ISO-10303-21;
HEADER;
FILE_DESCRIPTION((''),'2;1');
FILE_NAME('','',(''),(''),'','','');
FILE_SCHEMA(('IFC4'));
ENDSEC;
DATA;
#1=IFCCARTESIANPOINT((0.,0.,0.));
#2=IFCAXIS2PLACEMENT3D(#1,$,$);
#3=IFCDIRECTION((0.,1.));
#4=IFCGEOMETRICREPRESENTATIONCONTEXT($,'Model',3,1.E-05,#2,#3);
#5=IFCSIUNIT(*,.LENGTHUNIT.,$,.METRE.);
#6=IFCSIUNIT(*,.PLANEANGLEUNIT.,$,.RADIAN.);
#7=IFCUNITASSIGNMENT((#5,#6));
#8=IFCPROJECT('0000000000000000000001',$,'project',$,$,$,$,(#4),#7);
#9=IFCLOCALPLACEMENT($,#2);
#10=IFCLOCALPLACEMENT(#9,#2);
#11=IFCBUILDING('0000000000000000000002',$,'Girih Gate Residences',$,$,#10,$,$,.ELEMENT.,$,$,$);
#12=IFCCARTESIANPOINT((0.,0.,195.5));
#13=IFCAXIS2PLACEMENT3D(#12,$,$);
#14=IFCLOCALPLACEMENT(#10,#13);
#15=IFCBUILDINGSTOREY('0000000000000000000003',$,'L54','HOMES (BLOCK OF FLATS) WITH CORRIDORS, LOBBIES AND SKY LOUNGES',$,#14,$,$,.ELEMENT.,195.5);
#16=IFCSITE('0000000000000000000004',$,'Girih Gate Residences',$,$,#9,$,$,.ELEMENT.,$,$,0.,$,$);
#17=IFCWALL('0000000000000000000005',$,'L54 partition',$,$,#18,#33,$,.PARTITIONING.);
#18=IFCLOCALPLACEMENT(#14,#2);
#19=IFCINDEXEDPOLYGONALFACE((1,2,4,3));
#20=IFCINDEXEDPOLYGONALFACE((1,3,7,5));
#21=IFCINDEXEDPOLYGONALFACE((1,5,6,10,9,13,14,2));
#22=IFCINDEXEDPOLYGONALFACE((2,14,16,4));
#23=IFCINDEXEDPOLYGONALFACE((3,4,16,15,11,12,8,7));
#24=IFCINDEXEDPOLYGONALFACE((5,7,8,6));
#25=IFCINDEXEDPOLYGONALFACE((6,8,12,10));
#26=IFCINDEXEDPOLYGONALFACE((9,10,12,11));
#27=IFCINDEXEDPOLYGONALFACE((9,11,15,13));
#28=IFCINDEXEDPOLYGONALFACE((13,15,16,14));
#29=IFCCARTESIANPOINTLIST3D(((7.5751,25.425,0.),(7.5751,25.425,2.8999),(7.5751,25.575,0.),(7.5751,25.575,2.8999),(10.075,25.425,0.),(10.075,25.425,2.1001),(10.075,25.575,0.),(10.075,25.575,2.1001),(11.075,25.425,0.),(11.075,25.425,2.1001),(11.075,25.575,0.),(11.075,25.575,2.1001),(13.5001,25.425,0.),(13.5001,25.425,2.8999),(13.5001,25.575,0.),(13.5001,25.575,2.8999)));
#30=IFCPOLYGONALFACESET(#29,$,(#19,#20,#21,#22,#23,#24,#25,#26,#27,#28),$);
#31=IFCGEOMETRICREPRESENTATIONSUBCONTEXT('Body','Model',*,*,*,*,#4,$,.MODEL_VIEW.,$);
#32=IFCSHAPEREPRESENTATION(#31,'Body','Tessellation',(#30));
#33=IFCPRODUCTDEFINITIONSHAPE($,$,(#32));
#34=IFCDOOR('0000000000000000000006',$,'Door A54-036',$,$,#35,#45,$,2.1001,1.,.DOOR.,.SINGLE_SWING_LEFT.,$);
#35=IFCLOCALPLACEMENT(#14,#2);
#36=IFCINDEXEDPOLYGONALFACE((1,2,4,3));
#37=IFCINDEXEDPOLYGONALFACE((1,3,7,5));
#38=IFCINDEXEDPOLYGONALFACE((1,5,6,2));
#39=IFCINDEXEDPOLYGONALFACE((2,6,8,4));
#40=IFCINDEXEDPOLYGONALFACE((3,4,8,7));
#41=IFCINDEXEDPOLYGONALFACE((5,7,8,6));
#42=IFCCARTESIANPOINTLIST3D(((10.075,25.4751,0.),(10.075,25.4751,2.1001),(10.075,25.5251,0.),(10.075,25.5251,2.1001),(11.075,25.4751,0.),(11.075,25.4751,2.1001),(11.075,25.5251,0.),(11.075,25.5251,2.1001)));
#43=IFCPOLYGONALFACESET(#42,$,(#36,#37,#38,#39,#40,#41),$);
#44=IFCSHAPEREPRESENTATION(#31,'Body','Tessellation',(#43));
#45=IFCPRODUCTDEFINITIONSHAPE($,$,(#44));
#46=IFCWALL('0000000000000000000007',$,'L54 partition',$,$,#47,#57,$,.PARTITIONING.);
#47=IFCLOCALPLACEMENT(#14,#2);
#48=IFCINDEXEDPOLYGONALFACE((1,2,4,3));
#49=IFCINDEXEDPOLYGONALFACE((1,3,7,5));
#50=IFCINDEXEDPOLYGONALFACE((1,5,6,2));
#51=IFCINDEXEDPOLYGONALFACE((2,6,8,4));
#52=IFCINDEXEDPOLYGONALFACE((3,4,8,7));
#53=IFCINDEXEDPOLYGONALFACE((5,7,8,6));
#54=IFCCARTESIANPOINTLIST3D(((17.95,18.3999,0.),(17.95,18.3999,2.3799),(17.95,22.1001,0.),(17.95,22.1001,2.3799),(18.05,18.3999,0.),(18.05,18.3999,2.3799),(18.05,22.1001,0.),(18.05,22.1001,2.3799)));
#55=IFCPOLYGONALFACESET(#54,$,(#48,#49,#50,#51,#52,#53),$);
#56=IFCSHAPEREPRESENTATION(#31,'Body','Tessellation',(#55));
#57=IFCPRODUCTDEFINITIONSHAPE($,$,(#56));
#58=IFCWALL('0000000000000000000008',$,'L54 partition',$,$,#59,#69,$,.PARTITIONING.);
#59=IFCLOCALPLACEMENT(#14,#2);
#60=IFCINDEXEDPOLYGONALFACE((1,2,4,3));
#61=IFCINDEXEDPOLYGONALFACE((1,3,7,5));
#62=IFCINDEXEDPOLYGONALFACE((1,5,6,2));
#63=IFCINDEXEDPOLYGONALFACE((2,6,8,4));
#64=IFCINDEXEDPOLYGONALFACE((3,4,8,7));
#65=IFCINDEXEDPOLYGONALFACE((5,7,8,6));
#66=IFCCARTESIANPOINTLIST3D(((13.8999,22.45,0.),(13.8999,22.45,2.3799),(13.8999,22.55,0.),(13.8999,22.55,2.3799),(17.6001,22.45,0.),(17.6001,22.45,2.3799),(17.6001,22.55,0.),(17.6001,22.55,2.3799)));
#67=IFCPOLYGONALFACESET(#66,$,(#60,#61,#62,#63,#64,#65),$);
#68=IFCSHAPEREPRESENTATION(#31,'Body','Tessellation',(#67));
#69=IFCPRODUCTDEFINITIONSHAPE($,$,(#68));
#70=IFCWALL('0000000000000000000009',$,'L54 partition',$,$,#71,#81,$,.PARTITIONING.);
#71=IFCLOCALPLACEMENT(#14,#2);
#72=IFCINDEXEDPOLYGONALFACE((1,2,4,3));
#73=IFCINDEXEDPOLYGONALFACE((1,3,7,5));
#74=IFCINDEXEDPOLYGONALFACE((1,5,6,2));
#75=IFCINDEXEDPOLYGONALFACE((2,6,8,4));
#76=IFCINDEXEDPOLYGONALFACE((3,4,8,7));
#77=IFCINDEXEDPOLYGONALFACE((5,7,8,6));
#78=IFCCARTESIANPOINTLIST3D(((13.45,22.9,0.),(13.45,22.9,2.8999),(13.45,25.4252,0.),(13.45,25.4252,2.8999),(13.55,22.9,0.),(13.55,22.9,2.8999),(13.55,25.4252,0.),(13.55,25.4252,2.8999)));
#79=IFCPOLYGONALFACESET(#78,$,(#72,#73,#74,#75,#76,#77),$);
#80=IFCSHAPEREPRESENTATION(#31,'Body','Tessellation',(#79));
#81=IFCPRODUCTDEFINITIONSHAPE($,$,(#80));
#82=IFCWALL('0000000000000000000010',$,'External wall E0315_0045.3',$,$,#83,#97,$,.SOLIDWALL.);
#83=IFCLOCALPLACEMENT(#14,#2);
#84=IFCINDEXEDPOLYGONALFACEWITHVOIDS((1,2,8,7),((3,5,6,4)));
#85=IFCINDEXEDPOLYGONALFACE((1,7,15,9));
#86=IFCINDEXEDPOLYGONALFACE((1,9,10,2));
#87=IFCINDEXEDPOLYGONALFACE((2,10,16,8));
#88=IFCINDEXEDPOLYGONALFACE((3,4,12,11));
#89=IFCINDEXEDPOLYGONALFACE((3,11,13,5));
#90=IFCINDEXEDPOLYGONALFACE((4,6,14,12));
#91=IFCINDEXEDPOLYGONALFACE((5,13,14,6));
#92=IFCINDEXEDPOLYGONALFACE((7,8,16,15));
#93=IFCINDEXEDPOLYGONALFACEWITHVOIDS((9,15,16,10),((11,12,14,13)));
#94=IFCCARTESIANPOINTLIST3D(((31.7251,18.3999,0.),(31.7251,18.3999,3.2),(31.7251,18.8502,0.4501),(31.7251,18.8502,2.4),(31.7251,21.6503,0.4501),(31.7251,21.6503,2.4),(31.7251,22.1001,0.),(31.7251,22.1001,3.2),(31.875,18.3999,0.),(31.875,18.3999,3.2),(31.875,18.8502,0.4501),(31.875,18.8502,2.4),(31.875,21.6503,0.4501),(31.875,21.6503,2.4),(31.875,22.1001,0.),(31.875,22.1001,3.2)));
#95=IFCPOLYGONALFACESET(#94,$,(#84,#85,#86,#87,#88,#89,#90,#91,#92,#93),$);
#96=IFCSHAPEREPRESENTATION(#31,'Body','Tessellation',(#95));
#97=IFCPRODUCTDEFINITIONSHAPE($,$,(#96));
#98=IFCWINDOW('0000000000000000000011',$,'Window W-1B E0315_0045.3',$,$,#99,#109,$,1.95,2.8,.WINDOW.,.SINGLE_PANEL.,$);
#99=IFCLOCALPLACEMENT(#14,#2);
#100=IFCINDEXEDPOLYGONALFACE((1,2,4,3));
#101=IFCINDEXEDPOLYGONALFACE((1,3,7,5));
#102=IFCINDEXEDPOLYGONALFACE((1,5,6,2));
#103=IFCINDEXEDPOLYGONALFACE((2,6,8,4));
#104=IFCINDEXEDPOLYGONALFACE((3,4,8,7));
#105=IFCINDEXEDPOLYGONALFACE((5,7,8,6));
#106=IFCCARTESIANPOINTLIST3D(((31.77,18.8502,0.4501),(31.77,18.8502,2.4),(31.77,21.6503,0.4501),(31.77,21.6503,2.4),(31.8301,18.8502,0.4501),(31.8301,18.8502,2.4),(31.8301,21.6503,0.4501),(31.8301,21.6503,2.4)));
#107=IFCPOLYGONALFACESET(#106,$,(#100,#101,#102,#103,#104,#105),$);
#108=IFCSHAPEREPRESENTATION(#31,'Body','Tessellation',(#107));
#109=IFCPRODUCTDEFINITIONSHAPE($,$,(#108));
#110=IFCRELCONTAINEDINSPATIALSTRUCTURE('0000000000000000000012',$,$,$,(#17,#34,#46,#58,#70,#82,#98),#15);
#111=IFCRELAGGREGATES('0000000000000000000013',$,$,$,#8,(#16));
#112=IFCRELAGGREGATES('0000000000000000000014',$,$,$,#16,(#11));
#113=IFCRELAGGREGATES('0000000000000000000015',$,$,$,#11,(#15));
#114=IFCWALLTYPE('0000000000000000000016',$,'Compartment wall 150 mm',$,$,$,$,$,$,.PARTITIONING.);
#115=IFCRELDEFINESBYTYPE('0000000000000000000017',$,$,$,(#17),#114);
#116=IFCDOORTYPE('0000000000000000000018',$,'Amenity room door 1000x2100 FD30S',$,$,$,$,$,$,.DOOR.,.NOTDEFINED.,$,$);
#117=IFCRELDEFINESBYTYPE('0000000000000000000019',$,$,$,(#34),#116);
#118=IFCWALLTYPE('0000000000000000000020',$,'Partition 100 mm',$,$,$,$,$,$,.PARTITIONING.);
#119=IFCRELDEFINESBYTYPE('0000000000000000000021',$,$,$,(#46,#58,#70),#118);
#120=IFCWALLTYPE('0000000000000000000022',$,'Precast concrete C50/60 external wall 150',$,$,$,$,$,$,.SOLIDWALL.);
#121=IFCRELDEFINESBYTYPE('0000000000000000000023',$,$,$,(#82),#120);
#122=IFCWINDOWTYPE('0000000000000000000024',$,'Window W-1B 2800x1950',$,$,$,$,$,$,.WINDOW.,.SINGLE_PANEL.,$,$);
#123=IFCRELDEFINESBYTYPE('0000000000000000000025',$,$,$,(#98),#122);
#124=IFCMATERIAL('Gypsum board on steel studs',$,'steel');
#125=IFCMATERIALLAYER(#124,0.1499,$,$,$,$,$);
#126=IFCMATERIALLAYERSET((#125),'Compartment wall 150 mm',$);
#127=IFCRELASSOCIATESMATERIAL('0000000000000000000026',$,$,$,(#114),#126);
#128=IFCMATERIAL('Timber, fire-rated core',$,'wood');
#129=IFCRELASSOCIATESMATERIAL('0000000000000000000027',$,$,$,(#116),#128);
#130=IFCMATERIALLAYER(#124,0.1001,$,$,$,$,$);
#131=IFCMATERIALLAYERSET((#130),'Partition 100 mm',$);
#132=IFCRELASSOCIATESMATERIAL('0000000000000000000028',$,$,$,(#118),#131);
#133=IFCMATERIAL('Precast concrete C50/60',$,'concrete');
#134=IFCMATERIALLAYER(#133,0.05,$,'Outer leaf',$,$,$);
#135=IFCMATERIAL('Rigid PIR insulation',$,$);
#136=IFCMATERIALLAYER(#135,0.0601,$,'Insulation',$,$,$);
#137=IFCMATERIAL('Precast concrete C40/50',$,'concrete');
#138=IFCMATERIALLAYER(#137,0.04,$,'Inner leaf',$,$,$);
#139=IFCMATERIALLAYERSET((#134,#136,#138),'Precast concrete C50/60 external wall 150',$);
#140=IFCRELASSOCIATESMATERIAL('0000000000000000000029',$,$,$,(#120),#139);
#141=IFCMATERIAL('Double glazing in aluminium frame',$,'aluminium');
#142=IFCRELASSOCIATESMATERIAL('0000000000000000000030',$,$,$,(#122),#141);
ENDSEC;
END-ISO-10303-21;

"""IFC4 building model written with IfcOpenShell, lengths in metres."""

from ifc_helpers import new_model, si_unit, direction, frame, frame_2d, origin, place, context, subcontext, project, spatial, rectangle, extrude, material, layer, layer_set, type_object, element, fill, save


model = new_model("IFC4")

# Units and contexts
model_context = context("Model", 3, precision=1e-05, world=origin(), true_north=direction((0.0, 1.0)))
body_context = subcontext(model_context, "Body", "Model", "MODEL_VIEW")
ifc_project = project(units=[si_unit("LENGTHUNIT", "METRE"), si_unit("PLANEANGLEUNIT", "RADIAN")], contexts=[model_context])

# Site, building, storey
site_placement = place(None, origin())
site = spatial("IfcSite", under=ifc_project, at=site_placement, Name="Girih Gate Residences", CompositionType="ELEMENT", RefElevation=0.0)
building_placement = place(site_placement, origin())
building = spatial("IfcBuilding", under=site, at=building_placement, Name="Girih Gate Residences", CompositionType="ELEMENT")
storey_placement = place(building_placement, frame((0.0, 0.0, 195.5)))
storey = spatial("IfcBuildingStorey", under=building, at=storey_placement, Name="L54", Description="HOMES (BLOCK OF FLATS) WITH CORRIDORS, LOBBIES AND SKY LOUNGES", CompositionType="ELEMENT", Elevation=195.5)

# Shared definitions
ifc_material_1 = material(Name="Gypsum board on steel studs", Category="steel")
ifc_layer_1 = layer(ifc_material_1, 0.1499)
ifc_layer_set_1 = layer_set([ifc_layer_1], Name="Compartment wall 150 mm")
wall_type_1 = type_object("IfcWallType", Name="Compartment wall 150 mm", PredefinedType="PARTITIONING", material=ifc_layer_set_1)

# Wall, opening, door
ifc_material_2 = material(Name="Timber, fire-rated core", Category="wood")
door_type = type_object("IfcDoorType", Name="Amenity room door 1000x2100 FD30S", OperationType="NOTDEFINED", PredefinedType="DOOR", material=ifc_material_2)
wall_1_placement = place(storey_placement, frame((13.5, 25.5, 0.0), z_axis=(0.0, 0.0, 1.0), x_axis=(-1.0, 0.0, 0.0)))
wall_1 = element("IfcWall", 1, at=wall_1_placement, inside=storey, type_object=wall_type_1, Name="L54 partition", PredefinedType="PARTITIONING", context=body_context, shape_type="SweptSolid", body=[
    extrude(rectangle(XDim=5.925, YDim=0.1499, at=frame_2d((2.9624, 0.0))), origin(), (0.0, 0.0, 1.0), 2.8999),
])
opening_1_placement = place(wall_1_placement, frame((2.425, 0.0, 0.0)))
opening_1 = element("IfcOpeningElement", 2, at=opening_1_placement, cuts=wall_1, PredefinedType="OPENING", context=body_context, shape_type="SweptSolid", body=[
    extrude(rectangle(XDim=1.0, YDim=2.1001, at=frame_2d((0.5, 1.05))), frame((0.0, 0.085, 0.0), z_axis=(0.0, -1.0, 0.0), x_axis=(1.0, 0.0, 0.0)), (0.0, 0.0, 1.0), 0.1699),
])
door_1_placement = place(opening_1_placement, origin())
door_1 = element("IfcDoor", 3, at=door_1_placement, inside=storey, type_object=door_type, Name="Door A54-036", OperationType="SINGLE_SWING_LEFT", OverallHeight=2.1001, OverallWidth=1.0, PredefinedType="DOOR", context=body_context, shape_type="SweptSolid", body=[
    extrude(rectangle(XDim=1.0, YDim=2.1001, at=frame_2d((0.5, 1.05))), frame((0.0, 0.0249, 0.0), z_axis=(0.0, -1.0, 0.0), x_axis=(1.0, 0.0, 0.0)), (0.0, 0.0, 1.0), 0.05),
])
fill(opening_1, door_1)

# Walls
ifc_layer_2 = layer(ifc_material_1, 0.1001)
ifc_layer_set_2 = layer_set([ifc_layer_2], Name="Partition 100 mm")
wall_type_2 = type_object("IfcWallType", Name="Partition 100 mm", PredefinedType="PARTITIONING", material=ifc_layer_set_2)
for number, where, z_axis, x_axis, name in (
    (4, (18.0, 18.3999, 0.0), (0.0, 0.0, 1.0), (0.0, 1.0, 0.0), "L54 partition"),
    (5, (13.8999, 22.5, 0.0), (0.0, 0.0, 1.0), (1.0, 0.0, 0.0), "L54 partition"),
):
    element("IfcWall", number, at=place(storey_placement, frame(where, z_axis=z_axis, x_axis=x_axis)), inside=storey, type_object=wall_type_2, Name=name, PredefinedType="PARTITIONING", context=body_context, shape_type="SweptSolid", body=[
        extrude(rectangle(XDim=3.7002, YDim=0.1001, at=frame_2d((1.8501, 0.0))), origin(), (0.0, 0.0, 1.0), 2.3799),
    ])
wall_2_placement = place(storey_placement, frame((13.5, 22.8999, 0.0), z_axis=(0.0, 0.0, 1.0), x_axis=(0.0, 1.0, 0.0)))
element("IfcWall", 6, at=wall_2_placement, inside=storey, type_object=wall_type_2, Name="L54 partition", PredefinedType="PARTITIONING", context=body_context, shape_type="SweptSolid", body=[
    extrude(rectangle(XDim=2.5251, YDim=0.1001, at=frame_2d((1.2627, 0.0))), origin(), (0.0, 0.0, 1.0), 2.8999),
])

# Wall, opening, window
ifc_material_3 = material(Name="Precast concrete C50/60", Category="concrete")
ifc_layer_3 = layer(ifc_material_3, 0.05, Name="Outer leaf")
ifc_material_4 = material(Name="Rigid PIR insulation")
ifc_layer_4 = layer(ifc_material_4, 0.0601, Name="Insulation")
ifc_material_5 = material(Name="Precast concrete C40/50", Category="concrete")
ifc_layer_5 = layer(ifc_material_5, 0.04, Name="Inner leaf")
ifc_layer_set_3 = layer_set([ifc_layer_3, ifc_layer_4, ifc_layer_5], Name="Precast concrete C50/60 external wall 150")
wall_type_3 = type_object("IfcWallType", Name="Precast concrete C50/60 external wall 150", PredefinedType="SOLIDWALL", material=ifc_layer_set_3)
wall_3_placement = place(storey_placement, frame((31.8, 22.1001, 0.0), z_axis=(0.0, 0.0, 1.0), x_axis=(0.0, -1.0, 0.0)))
wall_3 = element("IfcWall", 7, at=wall_3_placement, inside=storey, type_object=wall_type_3, Name="External wall E0315_0045.3", PredefinedType="SOLIDWALL", context=body_context, shape_type="SweptSolid", body=[
    extrude(rectangle(XDim=3.7002, YDim=0.1499, at=frame_2d((1.8501, 0.0))), origin(), (0.0, 0.0, 1.0), 3.2),
])
opening_2_placement = place(wall_3_placement, frame((0.45, 0.0, 0.45)))
opening_2 = element("IfcOpeningElement", 8, at=opening_2_placement, cuts=wall_3, PredefinedType="OPENING", context=body_context, shape_type="SweptSolid", body=[
    extrude(rectangle(XDim=2.8, YDim=1.95, at=frame_2d((1.3999, 0.9751))), frame((0.0, 0.085, 0.0), z_axis=(0.0, -1.0, 0.0), x_axis=(1.0, 0.0, 0.0)), (0.0, 0.0, 1.0), 0.1699),
])
ifc_material_6 = material(Name="Double glazing in aluminium frame", Category="aluminium")
window_type = type_object("IfcWindowType", Name="Window W-1B 2800x1950", PartitioningType="SINGLE_PANEL", PredefinedType="WINDOW", material=ifc_material_6)
window_placement = place(opening_2_placement, origin())
window = element("IfcWindow", 9, at=window_placement, inside=storey, type_object=window_type, Name="Window W-1B E0315_0045.3", OverallHeight=1.95, OverallWidth=2.8, PartitioningType="SINGLE_PANEL", PredefinedType="WINDOW", context=body_context, shape_type="SweptSolid", body=[
    extrude(rectangle(XDim=2.8, YDim=1.95, at=frame_2d((1.3999, 0.9751))), frame((0.0, 0.03, 0.0), z_axis=(0.0, -1.0, 0.0), x_axis=(1.0, 0.0, 0.0)), (0.0, 0.0, 1.0), 0.0601),
])
fill(opening_2, window)

save(model, "model.ifc")
